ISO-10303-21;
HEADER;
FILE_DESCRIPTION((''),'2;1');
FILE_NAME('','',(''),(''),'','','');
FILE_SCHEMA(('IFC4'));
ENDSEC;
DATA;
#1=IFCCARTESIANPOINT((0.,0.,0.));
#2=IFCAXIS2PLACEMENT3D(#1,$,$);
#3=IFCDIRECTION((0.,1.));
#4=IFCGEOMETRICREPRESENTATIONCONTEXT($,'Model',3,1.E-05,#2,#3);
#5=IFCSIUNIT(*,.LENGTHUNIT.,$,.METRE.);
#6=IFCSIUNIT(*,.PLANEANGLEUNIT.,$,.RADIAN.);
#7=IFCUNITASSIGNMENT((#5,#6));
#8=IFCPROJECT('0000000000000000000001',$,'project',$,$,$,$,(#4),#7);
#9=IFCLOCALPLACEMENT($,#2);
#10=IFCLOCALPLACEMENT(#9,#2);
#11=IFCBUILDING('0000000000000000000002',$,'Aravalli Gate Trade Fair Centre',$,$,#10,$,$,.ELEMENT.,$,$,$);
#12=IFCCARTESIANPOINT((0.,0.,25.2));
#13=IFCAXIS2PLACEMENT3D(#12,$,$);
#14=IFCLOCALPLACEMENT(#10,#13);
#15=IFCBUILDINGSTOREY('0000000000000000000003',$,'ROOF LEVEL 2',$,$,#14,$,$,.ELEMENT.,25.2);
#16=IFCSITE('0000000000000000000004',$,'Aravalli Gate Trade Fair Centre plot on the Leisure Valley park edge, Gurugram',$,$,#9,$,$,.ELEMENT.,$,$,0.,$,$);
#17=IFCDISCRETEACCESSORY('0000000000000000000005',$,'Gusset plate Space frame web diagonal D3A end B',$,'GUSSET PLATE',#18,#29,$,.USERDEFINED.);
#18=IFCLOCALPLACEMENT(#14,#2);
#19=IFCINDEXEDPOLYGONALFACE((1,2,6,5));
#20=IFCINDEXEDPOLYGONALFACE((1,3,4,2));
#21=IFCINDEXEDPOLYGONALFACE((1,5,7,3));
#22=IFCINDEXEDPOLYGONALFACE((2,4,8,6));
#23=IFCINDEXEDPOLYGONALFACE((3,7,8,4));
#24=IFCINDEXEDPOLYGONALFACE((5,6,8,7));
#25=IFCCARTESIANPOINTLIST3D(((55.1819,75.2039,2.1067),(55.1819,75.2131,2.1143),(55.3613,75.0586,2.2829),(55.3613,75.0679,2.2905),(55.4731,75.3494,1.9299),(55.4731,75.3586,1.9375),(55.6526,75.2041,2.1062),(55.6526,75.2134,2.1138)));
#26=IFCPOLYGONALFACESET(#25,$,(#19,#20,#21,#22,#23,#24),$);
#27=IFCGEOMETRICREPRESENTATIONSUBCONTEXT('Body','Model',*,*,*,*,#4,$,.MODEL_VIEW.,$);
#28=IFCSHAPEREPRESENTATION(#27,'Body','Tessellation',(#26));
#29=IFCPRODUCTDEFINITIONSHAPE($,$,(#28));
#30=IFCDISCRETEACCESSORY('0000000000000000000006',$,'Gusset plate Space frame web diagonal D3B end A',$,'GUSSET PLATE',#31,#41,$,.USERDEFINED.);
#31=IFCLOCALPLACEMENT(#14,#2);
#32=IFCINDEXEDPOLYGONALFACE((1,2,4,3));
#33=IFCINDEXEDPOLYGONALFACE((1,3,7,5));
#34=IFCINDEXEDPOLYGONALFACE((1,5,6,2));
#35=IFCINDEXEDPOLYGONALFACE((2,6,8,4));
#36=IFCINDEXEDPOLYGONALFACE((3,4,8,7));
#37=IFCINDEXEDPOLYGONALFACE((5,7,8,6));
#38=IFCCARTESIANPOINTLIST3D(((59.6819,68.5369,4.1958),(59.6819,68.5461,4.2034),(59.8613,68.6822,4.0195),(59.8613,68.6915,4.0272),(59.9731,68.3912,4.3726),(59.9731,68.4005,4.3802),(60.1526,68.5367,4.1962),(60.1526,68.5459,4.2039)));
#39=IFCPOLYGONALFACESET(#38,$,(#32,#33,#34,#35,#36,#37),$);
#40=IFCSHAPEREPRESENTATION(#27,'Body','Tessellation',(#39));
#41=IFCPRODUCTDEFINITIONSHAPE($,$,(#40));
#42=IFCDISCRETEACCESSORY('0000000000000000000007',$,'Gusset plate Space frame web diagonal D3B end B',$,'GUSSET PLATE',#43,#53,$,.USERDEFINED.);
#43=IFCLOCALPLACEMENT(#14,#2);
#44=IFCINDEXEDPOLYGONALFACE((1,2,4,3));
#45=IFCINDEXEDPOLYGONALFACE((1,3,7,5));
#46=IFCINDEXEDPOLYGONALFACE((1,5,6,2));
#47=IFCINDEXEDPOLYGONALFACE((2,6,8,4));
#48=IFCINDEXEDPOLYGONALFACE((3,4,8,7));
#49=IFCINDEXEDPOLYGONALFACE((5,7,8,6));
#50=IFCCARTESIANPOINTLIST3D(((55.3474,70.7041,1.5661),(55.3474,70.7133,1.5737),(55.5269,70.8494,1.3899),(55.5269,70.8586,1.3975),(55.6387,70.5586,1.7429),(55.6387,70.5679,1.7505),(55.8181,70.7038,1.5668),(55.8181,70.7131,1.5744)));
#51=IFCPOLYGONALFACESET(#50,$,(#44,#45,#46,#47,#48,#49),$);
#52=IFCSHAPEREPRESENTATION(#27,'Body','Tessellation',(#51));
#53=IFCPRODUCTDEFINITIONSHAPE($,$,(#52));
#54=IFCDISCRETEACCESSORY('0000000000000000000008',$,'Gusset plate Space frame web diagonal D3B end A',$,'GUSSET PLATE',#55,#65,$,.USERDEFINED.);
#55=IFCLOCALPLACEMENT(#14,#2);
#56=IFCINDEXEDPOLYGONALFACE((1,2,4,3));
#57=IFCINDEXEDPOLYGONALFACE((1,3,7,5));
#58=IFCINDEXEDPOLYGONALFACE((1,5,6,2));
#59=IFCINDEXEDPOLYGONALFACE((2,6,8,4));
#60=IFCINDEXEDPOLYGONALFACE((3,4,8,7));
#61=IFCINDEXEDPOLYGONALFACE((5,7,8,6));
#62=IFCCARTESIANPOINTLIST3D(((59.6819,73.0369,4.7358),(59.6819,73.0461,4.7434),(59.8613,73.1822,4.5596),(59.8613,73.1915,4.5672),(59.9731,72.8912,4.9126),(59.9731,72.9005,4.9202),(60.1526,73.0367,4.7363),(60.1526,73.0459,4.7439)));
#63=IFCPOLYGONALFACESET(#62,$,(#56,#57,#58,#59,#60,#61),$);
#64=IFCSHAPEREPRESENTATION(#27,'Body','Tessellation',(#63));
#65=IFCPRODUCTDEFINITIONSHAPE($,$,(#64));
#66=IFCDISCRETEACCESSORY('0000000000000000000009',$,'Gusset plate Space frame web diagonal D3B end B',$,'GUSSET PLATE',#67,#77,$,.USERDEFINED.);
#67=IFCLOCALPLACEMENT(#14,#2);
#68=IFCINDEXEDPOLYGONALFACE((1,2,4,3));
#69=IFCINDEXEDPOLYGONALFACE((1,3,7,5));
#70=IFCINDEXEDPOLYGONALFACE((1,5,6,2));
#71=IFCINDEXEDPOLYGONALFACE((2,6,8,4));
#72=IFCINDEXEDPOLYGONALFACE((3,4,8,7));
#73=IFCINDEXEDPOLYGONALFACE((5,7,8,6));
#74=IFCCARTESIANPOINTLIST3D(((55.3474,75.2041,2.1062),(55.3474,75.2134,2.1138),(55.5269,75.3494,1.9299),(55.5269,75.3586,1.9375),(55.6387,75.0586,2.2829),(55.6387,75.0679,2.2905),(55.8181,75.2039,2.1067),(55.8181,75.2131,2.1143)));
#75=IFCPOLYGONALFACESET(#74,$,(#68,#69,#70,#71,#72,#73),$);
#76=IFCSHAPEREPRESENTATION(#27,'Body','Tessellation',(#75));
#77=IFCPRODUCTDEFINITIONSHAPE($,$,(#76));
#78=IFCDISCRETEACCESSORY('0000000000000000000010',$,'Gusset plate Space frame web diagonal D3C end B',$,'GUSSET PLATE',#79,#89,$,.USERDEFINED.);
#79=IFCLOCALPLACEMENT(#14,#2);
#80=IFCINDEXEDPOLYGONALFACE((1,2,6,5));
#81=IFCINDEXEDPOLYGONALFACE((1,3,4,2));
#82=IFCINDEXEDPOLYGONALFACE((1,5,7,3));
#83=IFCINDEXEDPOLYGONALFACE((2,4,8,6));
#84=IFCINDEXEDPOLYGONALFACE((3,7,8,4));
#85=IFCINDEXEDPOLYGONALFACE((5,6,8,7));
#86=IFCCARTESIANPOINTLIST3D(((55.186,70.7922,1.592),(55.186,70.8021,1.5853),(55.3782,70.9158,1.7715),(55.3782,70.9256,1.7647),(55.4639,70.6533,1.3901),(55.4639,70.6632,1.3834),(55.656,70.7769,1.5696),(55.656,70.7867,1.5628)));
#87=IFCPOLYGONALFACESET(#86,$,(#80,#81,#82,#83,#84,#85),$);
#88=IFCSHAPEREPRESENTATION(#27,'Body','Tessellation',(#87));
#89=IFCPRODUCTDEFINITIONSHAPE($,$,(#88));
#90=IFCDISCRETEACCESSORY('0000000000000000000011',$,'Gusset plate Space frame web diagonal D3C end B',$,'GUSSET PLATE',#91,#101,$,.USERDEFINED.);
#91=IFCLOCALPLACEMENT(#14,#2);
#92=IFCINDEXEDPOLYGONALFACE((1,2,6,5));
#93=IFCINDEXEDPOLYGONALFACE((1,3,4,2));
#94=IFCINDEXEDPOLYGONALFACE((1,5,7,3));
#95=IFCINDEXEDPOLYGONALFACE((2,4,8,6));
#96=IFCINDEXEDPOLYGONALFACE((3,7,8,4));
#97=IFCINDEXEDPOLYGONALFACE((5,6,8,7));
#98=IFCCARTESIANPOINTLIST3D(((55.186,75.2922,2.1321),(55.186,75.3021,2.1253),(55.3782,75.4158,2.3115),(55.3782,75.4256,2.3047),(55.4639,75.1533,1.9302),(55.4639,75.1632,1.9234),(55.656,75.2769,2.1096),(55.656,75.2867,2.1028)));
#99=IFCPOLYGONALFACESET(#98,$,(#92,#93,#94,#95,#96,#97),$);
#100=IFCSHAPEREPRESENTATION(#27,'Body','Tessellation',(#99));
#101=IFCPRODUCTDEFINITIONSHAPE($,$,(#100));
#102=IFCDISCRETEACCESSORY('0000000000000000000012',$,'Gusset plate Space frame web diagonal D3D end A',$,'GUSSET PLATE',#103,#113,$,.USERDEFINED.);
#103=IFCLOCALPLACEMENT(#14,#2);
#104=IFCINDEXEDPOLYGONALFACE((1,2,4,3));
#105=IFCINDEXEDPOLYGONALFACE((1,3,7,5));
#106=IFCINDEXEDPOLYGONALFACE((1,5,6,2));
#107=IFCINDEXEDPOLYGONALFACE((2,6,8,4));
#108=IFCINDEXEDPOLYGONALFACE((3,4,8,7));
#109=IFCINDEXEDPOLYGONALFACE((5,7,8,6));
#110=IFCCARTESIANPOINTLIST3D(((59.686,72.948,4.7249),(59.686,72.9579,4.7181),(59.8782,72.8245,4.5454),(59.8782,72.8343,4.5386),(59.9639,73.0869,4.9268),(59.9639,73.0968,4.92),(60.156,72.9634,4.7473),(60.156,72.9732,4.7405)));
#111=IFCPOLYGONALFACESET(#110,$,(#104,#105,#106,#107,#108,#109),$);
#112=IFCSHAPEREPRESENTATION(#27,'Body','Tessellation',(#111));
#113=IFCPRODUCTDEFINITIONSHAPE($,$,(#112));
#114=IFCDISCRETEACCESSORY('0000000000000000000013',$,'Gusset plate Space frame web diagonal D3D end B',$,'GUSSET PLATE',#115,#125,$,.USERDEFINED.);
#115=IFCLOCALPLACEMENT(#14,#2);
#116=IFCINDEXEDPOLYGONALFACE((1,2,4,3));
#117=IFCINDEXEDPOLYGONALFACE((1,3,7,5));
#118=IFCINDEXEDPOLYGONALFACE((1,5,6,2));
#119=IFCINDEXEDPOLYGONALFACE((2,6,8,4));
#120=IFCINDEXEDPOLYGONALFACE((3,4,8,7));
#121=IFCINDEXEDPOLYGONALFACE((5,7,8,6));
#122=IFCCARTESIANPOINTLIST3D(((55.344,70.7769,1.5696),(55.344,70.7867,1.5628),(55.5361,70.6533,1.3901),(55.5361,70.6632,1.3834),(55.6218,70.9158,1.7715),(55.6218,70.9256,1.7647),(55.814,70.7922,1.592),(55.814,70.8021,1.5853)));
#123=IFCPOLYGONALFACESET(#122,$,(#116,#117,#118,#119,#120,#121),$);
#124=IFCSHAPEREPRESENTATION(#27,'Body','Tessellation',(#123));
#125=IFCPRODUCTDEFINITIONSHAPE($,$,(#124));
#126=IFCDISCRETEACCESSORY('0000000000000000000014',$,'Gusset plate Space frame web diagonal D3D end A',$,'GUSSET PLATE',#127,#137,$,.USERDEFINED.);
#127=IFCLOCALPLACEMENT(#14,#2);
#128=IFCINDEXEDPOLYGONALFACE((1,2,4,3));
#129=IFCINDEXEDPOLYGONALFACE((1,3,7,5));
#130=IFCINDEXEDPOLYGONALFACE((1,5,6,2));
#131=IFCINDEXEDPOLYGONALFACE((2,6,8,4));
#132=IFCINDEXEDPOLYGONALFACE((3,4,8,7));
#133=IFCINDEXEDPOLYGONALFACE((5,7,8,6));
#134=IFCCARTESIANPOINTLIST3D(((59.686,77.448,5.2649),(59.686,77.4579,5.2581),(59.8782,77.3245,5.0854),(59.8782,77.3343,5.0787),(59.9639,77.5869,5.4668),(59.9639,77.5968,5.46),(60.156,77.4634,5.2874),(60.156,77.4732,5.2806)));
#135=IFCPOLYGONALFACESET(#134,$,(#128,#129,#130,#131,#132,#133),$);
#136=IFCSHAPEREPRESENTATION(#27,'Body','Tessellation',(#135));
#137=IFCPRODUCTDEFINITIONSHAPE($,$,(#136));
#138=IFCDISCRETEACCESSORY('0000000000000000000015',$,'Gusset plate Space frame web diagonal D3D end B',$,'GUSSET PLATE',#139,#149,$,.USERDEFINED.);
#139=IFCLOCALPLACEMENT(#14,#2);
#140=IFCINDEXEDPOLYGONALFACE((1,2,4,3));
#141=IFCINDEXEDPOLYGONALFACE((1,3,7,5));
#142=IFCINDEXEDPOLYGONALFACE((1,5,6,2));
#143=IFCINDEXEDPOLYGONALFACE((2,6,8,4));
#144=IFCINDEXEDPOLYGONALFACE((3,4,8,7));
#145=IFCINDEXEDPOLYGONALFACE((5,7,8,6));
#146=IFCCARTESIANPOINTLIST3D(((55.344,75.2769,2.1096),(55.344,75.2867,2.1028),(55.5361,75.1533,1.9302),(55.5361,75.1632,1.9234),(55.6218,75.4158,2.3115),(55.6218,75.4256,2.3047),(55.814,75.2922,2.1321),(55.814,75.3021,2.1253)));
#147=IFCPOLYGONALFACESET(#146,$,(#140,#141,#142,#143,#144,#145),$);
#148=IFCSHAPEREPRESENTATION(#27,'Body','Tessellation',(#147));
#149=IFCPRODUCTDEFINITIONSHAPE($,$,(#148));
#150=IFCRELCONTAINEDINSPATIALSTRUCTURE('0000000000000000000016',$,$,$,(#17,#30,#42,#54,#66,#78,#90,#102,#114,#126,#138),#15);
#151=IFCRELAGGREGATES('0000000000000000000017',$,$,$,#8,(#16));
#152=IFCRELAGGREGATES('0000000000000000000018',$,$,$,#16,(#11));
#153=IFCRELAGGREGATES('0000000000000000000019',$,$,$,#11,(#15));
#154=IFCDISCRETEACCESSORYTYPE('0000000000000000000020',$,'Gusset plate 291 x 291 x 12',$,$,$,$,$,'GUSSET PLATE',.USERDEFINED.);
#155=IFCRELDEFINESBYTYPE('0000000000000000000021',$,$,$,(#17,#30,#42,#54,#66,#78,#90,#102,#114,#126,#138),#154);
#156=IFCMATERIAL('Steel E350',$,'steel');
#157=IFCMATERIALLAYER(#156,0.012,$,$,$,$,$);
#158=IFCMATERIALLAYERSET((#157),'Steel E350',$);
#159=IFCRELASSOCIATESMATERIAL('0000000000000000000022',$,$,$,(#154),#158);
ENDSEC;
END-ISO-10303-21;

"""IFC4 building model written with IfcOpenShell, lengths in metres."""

from ifc_helpers import new_model, si_unit, direction, frame, origin, place, context, subcontext, project, spatial, polyline, outline, extrude, material, layer, layer_set, type_object, element, save


model = new_model("IFC4")

# Units and contexts
model_context = context("Model", 3, precision=1e-05, world=origin(), true_north=direction((0.0, 1.0)))
body_context = subcontext(model_context, "Body", "Model", "MODEL_VIEW")
ifc_project = project(units=[si_unit("LENGTHUNIT", "METRE"), si_unit("PLANEANGLEUNIT", "RADIAN")], contexts=[model_context])

# Site, building, storey
site_placement = place(None, origin())
site = spatial("IfcSite", under=ifc_project, at=site_placement, Name="Aravalli Gate Trade Fair Centre plot on the Leisure Valley park edge, Gurugram", CompositionType="ELEMENT", RefElevation=0.0)
building_placement = place(site_placement, origin())
building = spatial("IfcBuilding", under=site, at=building_placement, Name="Aravalli Gate Trade Fair Centre", CompositionType="ELEMENT")
storey_placement = place(building_placement, frame((0.0, 0.0, 25.2)))
storey = spatial("IfcBuildingStorey", under=building, at=storey_placement, Name="ROOF LEVEL 2", CompositionType="ELEMENT", Elevation=25.2)

# Shared definitions
ifc_material_1 = material(Name="Steel E350", Category="steel")

# Discrete accessories
ifc_layer_1 = layer(ifc_material_1, 0.012)
ifc_layer_set_1 = layer_set([ifc_layer_1], Name="Steel E350")
discrete_accessory_type = type_object("IfcDiscreteAccessoryType", Name="Gusset plate 291 x 291 x 12", ElementType="GUSSET PLATE", PredefinedType="USERDEFINED", material=ifc_layer_set_1)
discrete_accessory_1_placement = place(storey_placement, frame((55.1819, 75.2131, 2.1143), z_axis=(0.000259, 0.771844, 0.635812), x_axis=(0.78619, 0.392765, -0.477118)))
element("IfcDiscreteAccessory", 1, at=discrete_accessory_1_placement, inside=storey, type_object=discrete_accessory_type, Name="Gusset plate Space frame web diagonal D3A end B", ObjectType="GUSSET PLATE", PredefinedType="USERDEFINED", context=body_context, shape_type="SweptSolid", body=[
    extrude(outline(polyline([(0.0, 0.0), (0.3705, 0.0), (0.3704, -0.2905), (-0.0001, -0.2905), (0.0, 0.0)])), origin(), (0.0, 0.0, -1.0), 0.012),
])
discrete_accessory_2_placement = place(storey_placement, frame((59.6819, 68.5461, 4.2034), z_axis=(-0.00026, 0.771582, 0.63613), x_axis=(0.785986, -0.393126, 0.477156)))
element("IfcDiscreteAccessory", 2, at=discrete_accessory_2_placement, inside=storey, type_object=discrete_accessory_type, Name="Gusset plate Space frame web diagonal D3B end A", ObjectType="GUSSET PLATE", PredefinedType="USERDEFINED", context=body_context, shape_type="SweptSolid", body=[
    extrude(outline(polyline([(0.0, 0.0), (0.3706, 0.0), (0.3703, 0.2906), (-0.0002, 0.2905), (0.0, 0.0)])), origin(), (0.0, 0.0, -1.0), 0.012),
])
discrete_accessory_3_placement = place(storey_placement, frame((55.6387, 70.5679, 1.7505), z_axis=(-0.000589, 0.771792, 0.635874), x_axis=(-0.78619, 0.392604, -0.477251)))
element("IfcDiscreteAccessory", 3, at=discrete_accessory_3_placement, inside=storey, type_object=discrete_accessory_type, Name="Gusset plate Space frame web diagonal D3B end B", ObjectType="GUSSET PLATE", PredefinedType="USERDEFINED", context=body_context, shape_type="SweptSolid", body=[
    extrude(outline(polyline([(0.0, 0.0), (0.3705, 0.0), (0.3705, -0.2905), (0.0, -0.2903), (0.0, 0.0)])), origin(), (0.0, 0.0, -1.0), 0.012),
])
discrete_accessory_4_placement = place(storey_placement, frame((59.6819, 73.0461, 4.7434), z_axis=(-0.00026, 0.771582, 0.63613), x_axis=(0.785986, -0.393126, 0.477156)))
element("IfcDiscreteAccessory", 4, at=discrete_accessory_4_placement, inside=storey, type_object=discrete_accessory_type, Name="Gusset plate Space frame web diagonal D3B end A", ObjectType="GUSSET PLATE", PredefinedType="USERDEFINED", context=body_context, shape_type="SweptSolid", body=[
    extrude(outline(polyline([(0.0, 0.0), (0.3706, 0.0), (0.3703, 0.2906), (-0.0002, 0.2905), (0.0, 0.0)])), origin(), (0.0, 0.0, -1.0), 0.012),
])
discrete_accessory_5_placement = place(storey_placement, frame((55.6387, 75.0679, 2.2905), z_axis=(-0.000259, 0.771844, 0.635812), x_axis=(-0.78619, 0.392765, -0.477118)))
element("IfcDiscreteAccessory", 5, at=discrete_accessory_5_placement, inside=storey, type_object=discrete_accessory_type, Name="Gusset plate Space frame web diagonal D3B end B", ObjectType="GUSSET PLATE", PredefinedType="USERDEFINED", context=body_context, shape_type="SweptSolid", body=[
    extrude(outline(polyline([(0.0, 0.0), (0.3705, 0.0), (0.3705, -0.2905), (0.0001, -0.2905), (0.0, 0.0)])), origin(), (0.0, 0.0, -1.0), 0.012),
])
for number, where, z_axis, x_axis, name in (
    (6, (55.186, 70.7922, 1.592), (0.000137, -0.82375, 0.566952), (0.749929, -0.374965, -0.544984), "Gusset plate Space frame web diagonal D3C end B"),
    (7, (55.186, 75.2922, 2.1321), (0.000137, -0.82375, 0.566952), (0.749929, -0.374965, -0.544984), "Gusset plate Space frame web diagonal D3C end B"),
):
    element("IfcDiscreteAccessory", number, at=place(storey_placement, frame(where, z_axis=z_axis, x_axis=x_axis)), inside=storey, type_object=discrete_accessory_type, Name=name, ObjectType="GUSSET PLATE", PredefinedType="USERDEFINED", context=body_context, shape_type="SweptSolid", body=[
        extrude(outline(polyline([(0.0, 0.0), (0.3705, 0.0), (0.3705, 0.2905), (0.0, 0.2905), (0.0, 0.0)])), origin(), (0.0, 0.0, -1.0), 0.012),
    ])
discrete_accessory_6_placement = place(storey_placement, frame((59.686, 72.948, 4.7249), z_axis=(-0.000137, -0.82375, 0.566952), x_axis=(0.749929, 0.374965, 0.544984)))
element("IfcDiscreteAccessory", 8, at=discrete_accessory_6_placement, inside=storey, type_object=discrete_accessory_type, Name="Gusset plate Space frame web diagonal D3D end A", ObjectType="GUSSET PLATE", PredefinedType="USERDEFINED", context=body_context, shape_type="SweptSolid", body=[
    extrude(outline(polyline([(0.0, 0.0), (0.3705, 0.0), (0.3705, -0.2905), (0.0, -0.2905), (0.0, 0.0)])), origin(), (0.0, 0.0, -1.0), 0.012),
])
discrete_accessory_7_placement = place(storey_placement, frame((55.6218, 70.9158, 1.7715), z_axis=(-0.000137, -0.82375, 0.566952), x_axis=(-0.749929, -0.374965, -0.544984)))
element("IfcDiscreteAccessory", 9, at=discrete_accessory_7_placement, inside=storey, type_object=discrete_accessory_type, Name="Gusset plate Space frame web diagonal D3D end B", ObjectType="GUSSET PLATE", PredefinedType="USERDEFINED", context=body_context, shape_type="SweptSolid", body=[
    extrude(outline(polyline([(0.0, 0.0), (0.3705, 0.0), (0.3705, 0.2905), (0.0, 0.2905), (0.0, 0.0)])), origin(), (0.0, 0.0, -1.0), 0.012),
])
discrete_accessory_8_placement = place(storey_placement, frame((59.686, 77.448, 5.2649), z_axis=(-0.000137, -0.82375, 0.566952), x_axis=(0.749929, 0.374965, 0.544984)))
element("IfcDiscreteAccessory", 10, at=discrete_accessory_8_placement, inside=storey, type_object=discrete_accessory_type, Name="Gusset plate Space frame web diagonal D3D end A", ObjectType="GUSSET PLATE", PredefinedType="USERDEFINED", context=body_context, shape_type="SweptSolid", body=[
    extrude(outline(polyline([(0.0, 0.0), (0.3705, 0.0), (0.3705, -0.2905), (0.0, -0.2905), (0.0, 0.0)])), origin(), (0.0, 0.0, -1.0), 0.012),
])
discrete_accessory_9_placement = place(storey_placement, frame((55.6218, 75.4158, 2.3115), z_axis=(-0.000137, -0.82375, 0.566952), x_axis=(-0.749929, -0.374965, -0.544984)))
element("IfcDiscreteAccessory", 11, at=discrete_accessory_9_placement, inside=storey, type_object=discrete_accessory_type, Name="Gusset plate Space frame web diagonal D3D end B", ObjectType="GUSSET PLATE", PredefinedType="USERDEFINED", context=body_context, shape_type="SweptSolid", body=[
    extrude(outline(polyline([(0.0, 0.0), (0.3705, 0.0), (0.3705, 0.2905), (0.0, 0.2905), (0.0, 0.0)])), origin(), (0.0, 0.0, -1.0), 0.012),
])

save(model, "model.ifc")
